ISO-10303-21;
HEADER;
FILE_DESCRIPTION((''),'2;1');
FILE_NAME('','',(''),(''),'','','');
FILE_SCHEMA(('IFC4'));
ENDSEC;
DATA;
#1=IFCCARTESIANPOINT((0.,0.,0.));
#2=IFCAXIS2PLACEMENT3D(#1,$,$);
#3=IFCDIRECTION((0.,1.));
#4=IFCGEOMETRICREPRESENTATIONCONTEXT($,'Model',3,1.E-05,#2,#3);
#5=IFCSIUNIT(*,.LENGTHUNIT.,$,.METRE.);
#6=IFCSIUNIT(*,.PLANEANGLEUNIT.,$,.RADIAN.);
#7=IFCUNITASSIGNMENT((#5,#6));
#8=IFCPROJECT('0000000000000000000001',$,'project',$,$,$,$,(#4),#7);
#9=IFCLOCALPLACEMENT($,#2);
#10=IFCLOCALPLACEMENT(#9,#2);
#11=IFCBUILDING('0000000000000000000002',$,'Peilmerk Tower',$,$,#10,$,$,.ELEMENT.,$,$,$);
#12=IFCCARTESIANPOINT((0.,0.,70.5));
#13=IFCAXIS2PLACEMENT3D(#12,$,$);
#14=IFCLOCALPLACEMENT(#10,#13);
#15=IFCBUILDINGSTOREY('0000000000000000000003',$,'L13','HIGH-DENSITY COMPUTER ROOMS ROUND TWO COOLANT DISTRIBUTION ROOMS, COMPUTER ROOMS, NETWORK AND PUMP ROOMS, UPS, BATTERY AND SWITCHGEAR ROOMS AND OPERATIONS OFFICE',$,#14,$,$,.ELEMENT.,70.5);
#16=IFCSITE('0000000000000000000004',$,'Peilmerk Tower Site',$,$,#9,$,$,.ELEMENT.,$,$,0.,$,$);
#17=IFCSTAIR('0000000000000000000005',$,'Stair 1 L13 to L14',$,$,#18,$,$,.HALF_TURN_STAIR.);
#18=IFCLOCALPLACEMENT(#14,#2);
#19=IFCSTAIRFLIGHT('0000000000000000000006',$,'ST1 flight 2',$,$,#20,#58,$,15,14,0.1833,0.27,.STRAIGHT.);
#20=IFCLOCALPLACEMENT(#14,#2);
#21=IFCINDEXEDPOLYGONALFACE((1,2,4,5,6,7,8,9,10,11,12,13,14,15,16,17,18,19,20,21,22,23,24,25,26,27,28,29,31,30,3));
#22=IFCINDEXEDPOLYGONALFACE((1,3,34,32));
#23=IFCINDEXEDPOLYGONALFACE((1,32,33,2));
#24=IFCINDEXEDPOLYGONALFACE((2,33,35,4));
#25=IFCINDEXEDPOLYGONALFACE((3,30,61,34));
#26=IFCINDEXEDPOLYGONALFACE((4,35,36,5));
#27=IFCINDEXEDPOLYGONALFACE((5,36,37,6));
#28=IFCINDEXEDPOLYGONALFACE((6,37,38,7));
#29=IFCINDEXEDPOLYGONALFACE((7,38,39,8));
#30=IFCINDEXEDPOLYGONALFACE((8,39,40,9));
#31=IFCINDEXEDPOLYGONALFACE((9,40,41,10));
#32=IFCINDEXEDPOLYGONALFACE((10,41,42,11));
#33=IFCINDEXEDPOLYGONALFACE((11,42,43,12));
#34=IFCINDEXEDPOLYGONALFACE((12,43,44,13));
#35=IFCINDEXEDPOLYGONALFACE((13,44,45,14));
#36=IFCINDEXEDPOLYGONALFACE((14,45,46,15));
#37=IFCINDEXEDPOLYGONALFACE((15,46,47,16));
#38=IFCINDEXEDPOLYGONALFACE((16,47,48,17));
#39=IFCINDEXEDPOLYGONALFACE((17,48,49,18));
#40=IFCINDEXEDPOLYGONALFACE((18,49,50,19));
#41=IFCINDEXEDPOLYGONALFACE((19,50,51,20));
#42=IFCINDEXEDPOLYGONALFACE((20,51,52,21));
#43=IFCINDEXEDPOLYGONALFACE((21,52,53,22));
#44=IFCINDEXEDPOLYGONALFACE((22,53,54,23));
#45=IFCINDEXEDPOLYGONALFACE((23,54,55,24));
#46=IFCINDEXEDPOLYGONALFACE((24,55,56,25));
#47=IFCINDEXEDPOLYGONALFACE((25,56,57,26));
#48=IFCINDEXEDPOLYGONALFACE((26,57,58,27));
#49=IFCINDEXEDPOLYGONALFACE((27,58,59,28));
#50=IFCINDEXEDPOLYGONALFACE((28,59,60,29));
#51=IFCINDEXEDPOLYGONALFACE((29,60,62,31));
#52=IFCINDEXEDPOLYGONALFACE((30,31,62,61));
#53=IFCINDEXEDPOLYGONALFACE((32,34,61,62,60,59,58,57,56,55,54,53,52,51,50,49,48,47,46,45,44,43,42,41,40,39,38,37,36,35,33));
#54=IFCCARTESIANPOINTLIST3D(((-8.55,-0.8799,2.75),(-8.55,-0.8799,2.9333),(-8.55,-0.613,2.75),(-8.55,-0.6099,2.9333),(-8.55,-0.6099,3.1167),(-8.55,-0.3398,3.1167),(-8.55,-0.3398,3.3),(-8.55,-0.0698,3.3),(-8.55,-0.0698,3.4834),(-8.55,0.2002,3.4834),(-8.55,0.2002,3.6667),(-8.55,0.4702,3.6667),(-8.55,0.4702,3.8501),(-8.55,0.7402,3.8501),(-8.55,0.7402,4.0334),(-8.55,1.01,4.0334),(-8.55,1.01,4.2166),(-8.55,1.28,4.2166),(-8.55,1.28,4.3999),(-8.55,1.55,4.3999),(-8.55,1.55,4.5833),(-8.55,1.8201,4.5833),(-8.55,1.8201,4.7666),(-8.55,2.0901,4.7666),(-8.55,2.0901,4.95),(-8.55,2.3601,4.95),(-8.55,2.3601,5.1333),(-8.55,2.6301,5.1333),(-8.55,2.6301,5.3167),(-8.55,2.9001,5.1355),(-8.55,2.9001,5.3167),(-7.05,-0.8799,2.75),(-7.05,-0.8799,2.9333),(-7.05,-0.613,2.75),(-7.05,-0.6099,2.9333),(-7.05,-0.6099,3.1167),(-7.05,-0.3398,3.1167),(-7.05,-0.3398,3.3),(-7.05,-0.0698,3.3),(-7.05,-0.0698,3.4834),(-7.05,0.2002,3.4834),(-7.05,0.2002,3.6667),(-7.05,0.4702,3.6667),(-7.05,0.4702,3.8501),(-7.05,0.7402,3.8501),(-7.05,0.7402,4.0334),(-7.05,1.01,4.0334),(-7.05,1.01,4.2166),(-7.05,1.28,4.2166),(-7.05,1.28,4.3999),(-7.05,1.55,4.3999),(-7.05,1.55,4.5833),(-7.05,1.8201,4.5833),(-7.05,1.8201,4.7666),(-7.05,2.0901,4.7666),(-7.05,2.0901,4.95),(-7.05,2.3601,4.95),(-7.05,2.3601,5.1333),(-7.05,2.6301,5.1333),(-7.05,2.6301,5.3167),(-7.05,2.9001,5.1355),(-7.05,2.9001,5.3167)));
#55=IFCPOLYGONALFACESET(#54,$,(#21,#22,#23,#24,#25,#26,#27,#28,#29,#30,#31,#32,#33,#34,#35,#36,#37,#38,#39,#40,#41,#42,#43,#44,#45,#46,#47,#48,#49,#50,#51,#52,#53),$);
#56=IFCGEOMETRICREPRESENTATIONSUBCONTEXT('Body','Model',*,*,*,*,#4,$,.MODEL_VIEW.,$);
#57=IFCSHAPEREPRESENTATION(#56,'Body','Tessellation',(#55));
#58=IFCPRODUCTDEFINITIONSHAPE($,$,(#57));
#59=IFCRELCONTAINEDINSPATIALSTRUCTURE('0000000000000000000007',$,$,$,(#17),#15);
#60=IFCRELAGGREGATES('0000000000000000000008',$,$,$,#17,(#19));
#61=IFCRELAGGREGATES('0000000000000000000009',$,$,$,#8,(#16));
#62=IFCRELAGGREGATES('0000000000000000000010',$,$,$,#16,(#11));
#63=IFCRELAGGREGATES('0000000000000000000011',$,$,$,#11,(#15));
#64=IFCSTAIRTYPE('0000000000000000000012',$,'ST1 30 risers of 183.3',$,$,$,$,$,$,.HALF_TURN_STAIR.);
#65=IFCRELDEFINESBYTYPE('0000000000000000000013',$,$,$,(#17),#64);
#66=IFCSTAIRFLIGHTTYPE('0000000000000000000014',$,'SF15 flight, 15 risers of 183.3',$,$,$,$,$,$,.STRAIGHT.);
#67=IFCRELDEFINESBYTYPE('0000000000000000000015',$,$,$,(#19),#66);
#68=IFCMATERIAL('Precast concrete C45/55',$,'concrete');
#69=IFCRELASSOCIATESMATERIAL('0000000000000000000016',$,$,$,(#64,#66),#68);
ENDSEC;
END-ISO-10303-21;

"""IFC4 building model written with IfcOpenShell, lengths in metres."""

from ifc_helpers import new_model, si_unit, direction, frame, origin, place, context, subcontext, project, spatial, polyline, outline, extrude, material, type_object, element, aggregate, save


model = new_model("IFC4")

# Units and contexts
model_context = context("Model", 3, precision=1e-05, world=origin(), true_north=direction((0.0, 1.0)))
body_context = subcontext(model_context, "Body", "Model", "MODEL_VIEW")
ifc_project = project(units=[si_unit("LENGTHUNIT", "METRE"), si_unit("PLANEANGLEUNIT", "RADIAN")], contexts=[model_context])

# Site, building, storey
site_placement = place(None, origin())
site = spatial("IfcSite", under=ifc_project, at=site_placement, Name="Peilmerk Tower Site", CompositionType="ELEMENT", RefElevation=0.0)
building_placement = place(site_placement, origin())
building = spatial("IfcBuilding", under=site, at=building_placement, Name="Peilmerk Tower", CompositionType="ELEMENT")
storey_placement = place(building_placement, frame((0.0, 0.0, 70.5)))
storey = spatial("IfcBuildingStorey", under=building, at=storey_placement, Name="L13", Description="HIGH-DENSITY COMPUTER ROOMS ROUND TWO COOLANT DISTRIBUTION ROOMS, COMPUTER ROOMS, NETWORK AND PUMP ROOMS, UPS, BATTERY AND SWITCHGEAR ROOMS AND OPERATIONS OFFICE", CompositionType="ELEMENT", Elevation=70.5)

# Stair, stair flight
ifc_material_1 = material(Name="Precast concrete C45/55", Category="concrete")
stair_type = type_object("IfcStairType", Name="ST1 30 risers of 183.3", PredefinedType="HALF_TURN_STAIR", material=ifc_material_1)
stair_placement = place(storey_placement, origin())
stair = element("IfcStair", 1, at=stair_placement, inside=storey, type_object=stair_type, Name="Stair 1 L13 to L14", PredefinedType="HALF_TURN_STAIR")
stair_flight_type = type_object("IfcStairFlightType", Name="SF15 flight, 15 risers of 183.3", PredefinedType="STRAIGHT", material=ifc_material_1)
stair_flight_placement = place(storey_placement, frame((-7.8, -0.8799, 2.75), z_axis=(0.0, 0.0, 1.0), x_axis=(0.0, 1.0, 0.0)))
stair_flight = element("IfcStairFlight", 2, at=stair_flight_placement, type_object=stair_flight_type, Name="ST1 flight 2", NumberOfRisers=15, NumberOfTreads=14, PredefinedType="STRAIGHT", RiserHeight=0.1833, TreadLength=0.27, context=body_context, shape_type="SweptSolid", body=[
    extrude(outline(polyline([(0.0, 0.0), (0.0, 0.1833), (0.27, 0.1833), (0.27, 0.3667), (0.54, 0.3667), (0.54, 0.55), (0.8101, 0.55), (0.8101, 0.7334), (1.0801, 0.7334), (1.0801, 0.9167), (1.3501, 0.9167), (1.3501, 1.1001), (1.6201, 1.1001), (1.6201, 1.2834), (1.8899, 1.2834), (1.8899, 1.4666), (2.1599, 1.4666), (2.1599, 1.6499), (2.4299, 1.6499), (2.4299, 1.8333), (2.7, 1.8333), (2.7, 2.0166), (2.97, 2.0166), (2.97, 2.2), (3.24, 2.2), (3.24, 2.3833), (3.51, 2.3833), (3.51, 2.5667), (3.78, 2.5667), (3.78, 2.75), (3.78, 2.3855), (0.2668, 0.0), (0.0, 0.0)])), frame((0.0, 0.75, 0.0), z_axis=(0.0, -1.0, 0.0), x_axis=(1.0, 0.0, 0.0)), (0.0, 0.0, 1.0), 1.5),
])
aggregate(stair, [stair_flight])

save(model, "model.ifc")
